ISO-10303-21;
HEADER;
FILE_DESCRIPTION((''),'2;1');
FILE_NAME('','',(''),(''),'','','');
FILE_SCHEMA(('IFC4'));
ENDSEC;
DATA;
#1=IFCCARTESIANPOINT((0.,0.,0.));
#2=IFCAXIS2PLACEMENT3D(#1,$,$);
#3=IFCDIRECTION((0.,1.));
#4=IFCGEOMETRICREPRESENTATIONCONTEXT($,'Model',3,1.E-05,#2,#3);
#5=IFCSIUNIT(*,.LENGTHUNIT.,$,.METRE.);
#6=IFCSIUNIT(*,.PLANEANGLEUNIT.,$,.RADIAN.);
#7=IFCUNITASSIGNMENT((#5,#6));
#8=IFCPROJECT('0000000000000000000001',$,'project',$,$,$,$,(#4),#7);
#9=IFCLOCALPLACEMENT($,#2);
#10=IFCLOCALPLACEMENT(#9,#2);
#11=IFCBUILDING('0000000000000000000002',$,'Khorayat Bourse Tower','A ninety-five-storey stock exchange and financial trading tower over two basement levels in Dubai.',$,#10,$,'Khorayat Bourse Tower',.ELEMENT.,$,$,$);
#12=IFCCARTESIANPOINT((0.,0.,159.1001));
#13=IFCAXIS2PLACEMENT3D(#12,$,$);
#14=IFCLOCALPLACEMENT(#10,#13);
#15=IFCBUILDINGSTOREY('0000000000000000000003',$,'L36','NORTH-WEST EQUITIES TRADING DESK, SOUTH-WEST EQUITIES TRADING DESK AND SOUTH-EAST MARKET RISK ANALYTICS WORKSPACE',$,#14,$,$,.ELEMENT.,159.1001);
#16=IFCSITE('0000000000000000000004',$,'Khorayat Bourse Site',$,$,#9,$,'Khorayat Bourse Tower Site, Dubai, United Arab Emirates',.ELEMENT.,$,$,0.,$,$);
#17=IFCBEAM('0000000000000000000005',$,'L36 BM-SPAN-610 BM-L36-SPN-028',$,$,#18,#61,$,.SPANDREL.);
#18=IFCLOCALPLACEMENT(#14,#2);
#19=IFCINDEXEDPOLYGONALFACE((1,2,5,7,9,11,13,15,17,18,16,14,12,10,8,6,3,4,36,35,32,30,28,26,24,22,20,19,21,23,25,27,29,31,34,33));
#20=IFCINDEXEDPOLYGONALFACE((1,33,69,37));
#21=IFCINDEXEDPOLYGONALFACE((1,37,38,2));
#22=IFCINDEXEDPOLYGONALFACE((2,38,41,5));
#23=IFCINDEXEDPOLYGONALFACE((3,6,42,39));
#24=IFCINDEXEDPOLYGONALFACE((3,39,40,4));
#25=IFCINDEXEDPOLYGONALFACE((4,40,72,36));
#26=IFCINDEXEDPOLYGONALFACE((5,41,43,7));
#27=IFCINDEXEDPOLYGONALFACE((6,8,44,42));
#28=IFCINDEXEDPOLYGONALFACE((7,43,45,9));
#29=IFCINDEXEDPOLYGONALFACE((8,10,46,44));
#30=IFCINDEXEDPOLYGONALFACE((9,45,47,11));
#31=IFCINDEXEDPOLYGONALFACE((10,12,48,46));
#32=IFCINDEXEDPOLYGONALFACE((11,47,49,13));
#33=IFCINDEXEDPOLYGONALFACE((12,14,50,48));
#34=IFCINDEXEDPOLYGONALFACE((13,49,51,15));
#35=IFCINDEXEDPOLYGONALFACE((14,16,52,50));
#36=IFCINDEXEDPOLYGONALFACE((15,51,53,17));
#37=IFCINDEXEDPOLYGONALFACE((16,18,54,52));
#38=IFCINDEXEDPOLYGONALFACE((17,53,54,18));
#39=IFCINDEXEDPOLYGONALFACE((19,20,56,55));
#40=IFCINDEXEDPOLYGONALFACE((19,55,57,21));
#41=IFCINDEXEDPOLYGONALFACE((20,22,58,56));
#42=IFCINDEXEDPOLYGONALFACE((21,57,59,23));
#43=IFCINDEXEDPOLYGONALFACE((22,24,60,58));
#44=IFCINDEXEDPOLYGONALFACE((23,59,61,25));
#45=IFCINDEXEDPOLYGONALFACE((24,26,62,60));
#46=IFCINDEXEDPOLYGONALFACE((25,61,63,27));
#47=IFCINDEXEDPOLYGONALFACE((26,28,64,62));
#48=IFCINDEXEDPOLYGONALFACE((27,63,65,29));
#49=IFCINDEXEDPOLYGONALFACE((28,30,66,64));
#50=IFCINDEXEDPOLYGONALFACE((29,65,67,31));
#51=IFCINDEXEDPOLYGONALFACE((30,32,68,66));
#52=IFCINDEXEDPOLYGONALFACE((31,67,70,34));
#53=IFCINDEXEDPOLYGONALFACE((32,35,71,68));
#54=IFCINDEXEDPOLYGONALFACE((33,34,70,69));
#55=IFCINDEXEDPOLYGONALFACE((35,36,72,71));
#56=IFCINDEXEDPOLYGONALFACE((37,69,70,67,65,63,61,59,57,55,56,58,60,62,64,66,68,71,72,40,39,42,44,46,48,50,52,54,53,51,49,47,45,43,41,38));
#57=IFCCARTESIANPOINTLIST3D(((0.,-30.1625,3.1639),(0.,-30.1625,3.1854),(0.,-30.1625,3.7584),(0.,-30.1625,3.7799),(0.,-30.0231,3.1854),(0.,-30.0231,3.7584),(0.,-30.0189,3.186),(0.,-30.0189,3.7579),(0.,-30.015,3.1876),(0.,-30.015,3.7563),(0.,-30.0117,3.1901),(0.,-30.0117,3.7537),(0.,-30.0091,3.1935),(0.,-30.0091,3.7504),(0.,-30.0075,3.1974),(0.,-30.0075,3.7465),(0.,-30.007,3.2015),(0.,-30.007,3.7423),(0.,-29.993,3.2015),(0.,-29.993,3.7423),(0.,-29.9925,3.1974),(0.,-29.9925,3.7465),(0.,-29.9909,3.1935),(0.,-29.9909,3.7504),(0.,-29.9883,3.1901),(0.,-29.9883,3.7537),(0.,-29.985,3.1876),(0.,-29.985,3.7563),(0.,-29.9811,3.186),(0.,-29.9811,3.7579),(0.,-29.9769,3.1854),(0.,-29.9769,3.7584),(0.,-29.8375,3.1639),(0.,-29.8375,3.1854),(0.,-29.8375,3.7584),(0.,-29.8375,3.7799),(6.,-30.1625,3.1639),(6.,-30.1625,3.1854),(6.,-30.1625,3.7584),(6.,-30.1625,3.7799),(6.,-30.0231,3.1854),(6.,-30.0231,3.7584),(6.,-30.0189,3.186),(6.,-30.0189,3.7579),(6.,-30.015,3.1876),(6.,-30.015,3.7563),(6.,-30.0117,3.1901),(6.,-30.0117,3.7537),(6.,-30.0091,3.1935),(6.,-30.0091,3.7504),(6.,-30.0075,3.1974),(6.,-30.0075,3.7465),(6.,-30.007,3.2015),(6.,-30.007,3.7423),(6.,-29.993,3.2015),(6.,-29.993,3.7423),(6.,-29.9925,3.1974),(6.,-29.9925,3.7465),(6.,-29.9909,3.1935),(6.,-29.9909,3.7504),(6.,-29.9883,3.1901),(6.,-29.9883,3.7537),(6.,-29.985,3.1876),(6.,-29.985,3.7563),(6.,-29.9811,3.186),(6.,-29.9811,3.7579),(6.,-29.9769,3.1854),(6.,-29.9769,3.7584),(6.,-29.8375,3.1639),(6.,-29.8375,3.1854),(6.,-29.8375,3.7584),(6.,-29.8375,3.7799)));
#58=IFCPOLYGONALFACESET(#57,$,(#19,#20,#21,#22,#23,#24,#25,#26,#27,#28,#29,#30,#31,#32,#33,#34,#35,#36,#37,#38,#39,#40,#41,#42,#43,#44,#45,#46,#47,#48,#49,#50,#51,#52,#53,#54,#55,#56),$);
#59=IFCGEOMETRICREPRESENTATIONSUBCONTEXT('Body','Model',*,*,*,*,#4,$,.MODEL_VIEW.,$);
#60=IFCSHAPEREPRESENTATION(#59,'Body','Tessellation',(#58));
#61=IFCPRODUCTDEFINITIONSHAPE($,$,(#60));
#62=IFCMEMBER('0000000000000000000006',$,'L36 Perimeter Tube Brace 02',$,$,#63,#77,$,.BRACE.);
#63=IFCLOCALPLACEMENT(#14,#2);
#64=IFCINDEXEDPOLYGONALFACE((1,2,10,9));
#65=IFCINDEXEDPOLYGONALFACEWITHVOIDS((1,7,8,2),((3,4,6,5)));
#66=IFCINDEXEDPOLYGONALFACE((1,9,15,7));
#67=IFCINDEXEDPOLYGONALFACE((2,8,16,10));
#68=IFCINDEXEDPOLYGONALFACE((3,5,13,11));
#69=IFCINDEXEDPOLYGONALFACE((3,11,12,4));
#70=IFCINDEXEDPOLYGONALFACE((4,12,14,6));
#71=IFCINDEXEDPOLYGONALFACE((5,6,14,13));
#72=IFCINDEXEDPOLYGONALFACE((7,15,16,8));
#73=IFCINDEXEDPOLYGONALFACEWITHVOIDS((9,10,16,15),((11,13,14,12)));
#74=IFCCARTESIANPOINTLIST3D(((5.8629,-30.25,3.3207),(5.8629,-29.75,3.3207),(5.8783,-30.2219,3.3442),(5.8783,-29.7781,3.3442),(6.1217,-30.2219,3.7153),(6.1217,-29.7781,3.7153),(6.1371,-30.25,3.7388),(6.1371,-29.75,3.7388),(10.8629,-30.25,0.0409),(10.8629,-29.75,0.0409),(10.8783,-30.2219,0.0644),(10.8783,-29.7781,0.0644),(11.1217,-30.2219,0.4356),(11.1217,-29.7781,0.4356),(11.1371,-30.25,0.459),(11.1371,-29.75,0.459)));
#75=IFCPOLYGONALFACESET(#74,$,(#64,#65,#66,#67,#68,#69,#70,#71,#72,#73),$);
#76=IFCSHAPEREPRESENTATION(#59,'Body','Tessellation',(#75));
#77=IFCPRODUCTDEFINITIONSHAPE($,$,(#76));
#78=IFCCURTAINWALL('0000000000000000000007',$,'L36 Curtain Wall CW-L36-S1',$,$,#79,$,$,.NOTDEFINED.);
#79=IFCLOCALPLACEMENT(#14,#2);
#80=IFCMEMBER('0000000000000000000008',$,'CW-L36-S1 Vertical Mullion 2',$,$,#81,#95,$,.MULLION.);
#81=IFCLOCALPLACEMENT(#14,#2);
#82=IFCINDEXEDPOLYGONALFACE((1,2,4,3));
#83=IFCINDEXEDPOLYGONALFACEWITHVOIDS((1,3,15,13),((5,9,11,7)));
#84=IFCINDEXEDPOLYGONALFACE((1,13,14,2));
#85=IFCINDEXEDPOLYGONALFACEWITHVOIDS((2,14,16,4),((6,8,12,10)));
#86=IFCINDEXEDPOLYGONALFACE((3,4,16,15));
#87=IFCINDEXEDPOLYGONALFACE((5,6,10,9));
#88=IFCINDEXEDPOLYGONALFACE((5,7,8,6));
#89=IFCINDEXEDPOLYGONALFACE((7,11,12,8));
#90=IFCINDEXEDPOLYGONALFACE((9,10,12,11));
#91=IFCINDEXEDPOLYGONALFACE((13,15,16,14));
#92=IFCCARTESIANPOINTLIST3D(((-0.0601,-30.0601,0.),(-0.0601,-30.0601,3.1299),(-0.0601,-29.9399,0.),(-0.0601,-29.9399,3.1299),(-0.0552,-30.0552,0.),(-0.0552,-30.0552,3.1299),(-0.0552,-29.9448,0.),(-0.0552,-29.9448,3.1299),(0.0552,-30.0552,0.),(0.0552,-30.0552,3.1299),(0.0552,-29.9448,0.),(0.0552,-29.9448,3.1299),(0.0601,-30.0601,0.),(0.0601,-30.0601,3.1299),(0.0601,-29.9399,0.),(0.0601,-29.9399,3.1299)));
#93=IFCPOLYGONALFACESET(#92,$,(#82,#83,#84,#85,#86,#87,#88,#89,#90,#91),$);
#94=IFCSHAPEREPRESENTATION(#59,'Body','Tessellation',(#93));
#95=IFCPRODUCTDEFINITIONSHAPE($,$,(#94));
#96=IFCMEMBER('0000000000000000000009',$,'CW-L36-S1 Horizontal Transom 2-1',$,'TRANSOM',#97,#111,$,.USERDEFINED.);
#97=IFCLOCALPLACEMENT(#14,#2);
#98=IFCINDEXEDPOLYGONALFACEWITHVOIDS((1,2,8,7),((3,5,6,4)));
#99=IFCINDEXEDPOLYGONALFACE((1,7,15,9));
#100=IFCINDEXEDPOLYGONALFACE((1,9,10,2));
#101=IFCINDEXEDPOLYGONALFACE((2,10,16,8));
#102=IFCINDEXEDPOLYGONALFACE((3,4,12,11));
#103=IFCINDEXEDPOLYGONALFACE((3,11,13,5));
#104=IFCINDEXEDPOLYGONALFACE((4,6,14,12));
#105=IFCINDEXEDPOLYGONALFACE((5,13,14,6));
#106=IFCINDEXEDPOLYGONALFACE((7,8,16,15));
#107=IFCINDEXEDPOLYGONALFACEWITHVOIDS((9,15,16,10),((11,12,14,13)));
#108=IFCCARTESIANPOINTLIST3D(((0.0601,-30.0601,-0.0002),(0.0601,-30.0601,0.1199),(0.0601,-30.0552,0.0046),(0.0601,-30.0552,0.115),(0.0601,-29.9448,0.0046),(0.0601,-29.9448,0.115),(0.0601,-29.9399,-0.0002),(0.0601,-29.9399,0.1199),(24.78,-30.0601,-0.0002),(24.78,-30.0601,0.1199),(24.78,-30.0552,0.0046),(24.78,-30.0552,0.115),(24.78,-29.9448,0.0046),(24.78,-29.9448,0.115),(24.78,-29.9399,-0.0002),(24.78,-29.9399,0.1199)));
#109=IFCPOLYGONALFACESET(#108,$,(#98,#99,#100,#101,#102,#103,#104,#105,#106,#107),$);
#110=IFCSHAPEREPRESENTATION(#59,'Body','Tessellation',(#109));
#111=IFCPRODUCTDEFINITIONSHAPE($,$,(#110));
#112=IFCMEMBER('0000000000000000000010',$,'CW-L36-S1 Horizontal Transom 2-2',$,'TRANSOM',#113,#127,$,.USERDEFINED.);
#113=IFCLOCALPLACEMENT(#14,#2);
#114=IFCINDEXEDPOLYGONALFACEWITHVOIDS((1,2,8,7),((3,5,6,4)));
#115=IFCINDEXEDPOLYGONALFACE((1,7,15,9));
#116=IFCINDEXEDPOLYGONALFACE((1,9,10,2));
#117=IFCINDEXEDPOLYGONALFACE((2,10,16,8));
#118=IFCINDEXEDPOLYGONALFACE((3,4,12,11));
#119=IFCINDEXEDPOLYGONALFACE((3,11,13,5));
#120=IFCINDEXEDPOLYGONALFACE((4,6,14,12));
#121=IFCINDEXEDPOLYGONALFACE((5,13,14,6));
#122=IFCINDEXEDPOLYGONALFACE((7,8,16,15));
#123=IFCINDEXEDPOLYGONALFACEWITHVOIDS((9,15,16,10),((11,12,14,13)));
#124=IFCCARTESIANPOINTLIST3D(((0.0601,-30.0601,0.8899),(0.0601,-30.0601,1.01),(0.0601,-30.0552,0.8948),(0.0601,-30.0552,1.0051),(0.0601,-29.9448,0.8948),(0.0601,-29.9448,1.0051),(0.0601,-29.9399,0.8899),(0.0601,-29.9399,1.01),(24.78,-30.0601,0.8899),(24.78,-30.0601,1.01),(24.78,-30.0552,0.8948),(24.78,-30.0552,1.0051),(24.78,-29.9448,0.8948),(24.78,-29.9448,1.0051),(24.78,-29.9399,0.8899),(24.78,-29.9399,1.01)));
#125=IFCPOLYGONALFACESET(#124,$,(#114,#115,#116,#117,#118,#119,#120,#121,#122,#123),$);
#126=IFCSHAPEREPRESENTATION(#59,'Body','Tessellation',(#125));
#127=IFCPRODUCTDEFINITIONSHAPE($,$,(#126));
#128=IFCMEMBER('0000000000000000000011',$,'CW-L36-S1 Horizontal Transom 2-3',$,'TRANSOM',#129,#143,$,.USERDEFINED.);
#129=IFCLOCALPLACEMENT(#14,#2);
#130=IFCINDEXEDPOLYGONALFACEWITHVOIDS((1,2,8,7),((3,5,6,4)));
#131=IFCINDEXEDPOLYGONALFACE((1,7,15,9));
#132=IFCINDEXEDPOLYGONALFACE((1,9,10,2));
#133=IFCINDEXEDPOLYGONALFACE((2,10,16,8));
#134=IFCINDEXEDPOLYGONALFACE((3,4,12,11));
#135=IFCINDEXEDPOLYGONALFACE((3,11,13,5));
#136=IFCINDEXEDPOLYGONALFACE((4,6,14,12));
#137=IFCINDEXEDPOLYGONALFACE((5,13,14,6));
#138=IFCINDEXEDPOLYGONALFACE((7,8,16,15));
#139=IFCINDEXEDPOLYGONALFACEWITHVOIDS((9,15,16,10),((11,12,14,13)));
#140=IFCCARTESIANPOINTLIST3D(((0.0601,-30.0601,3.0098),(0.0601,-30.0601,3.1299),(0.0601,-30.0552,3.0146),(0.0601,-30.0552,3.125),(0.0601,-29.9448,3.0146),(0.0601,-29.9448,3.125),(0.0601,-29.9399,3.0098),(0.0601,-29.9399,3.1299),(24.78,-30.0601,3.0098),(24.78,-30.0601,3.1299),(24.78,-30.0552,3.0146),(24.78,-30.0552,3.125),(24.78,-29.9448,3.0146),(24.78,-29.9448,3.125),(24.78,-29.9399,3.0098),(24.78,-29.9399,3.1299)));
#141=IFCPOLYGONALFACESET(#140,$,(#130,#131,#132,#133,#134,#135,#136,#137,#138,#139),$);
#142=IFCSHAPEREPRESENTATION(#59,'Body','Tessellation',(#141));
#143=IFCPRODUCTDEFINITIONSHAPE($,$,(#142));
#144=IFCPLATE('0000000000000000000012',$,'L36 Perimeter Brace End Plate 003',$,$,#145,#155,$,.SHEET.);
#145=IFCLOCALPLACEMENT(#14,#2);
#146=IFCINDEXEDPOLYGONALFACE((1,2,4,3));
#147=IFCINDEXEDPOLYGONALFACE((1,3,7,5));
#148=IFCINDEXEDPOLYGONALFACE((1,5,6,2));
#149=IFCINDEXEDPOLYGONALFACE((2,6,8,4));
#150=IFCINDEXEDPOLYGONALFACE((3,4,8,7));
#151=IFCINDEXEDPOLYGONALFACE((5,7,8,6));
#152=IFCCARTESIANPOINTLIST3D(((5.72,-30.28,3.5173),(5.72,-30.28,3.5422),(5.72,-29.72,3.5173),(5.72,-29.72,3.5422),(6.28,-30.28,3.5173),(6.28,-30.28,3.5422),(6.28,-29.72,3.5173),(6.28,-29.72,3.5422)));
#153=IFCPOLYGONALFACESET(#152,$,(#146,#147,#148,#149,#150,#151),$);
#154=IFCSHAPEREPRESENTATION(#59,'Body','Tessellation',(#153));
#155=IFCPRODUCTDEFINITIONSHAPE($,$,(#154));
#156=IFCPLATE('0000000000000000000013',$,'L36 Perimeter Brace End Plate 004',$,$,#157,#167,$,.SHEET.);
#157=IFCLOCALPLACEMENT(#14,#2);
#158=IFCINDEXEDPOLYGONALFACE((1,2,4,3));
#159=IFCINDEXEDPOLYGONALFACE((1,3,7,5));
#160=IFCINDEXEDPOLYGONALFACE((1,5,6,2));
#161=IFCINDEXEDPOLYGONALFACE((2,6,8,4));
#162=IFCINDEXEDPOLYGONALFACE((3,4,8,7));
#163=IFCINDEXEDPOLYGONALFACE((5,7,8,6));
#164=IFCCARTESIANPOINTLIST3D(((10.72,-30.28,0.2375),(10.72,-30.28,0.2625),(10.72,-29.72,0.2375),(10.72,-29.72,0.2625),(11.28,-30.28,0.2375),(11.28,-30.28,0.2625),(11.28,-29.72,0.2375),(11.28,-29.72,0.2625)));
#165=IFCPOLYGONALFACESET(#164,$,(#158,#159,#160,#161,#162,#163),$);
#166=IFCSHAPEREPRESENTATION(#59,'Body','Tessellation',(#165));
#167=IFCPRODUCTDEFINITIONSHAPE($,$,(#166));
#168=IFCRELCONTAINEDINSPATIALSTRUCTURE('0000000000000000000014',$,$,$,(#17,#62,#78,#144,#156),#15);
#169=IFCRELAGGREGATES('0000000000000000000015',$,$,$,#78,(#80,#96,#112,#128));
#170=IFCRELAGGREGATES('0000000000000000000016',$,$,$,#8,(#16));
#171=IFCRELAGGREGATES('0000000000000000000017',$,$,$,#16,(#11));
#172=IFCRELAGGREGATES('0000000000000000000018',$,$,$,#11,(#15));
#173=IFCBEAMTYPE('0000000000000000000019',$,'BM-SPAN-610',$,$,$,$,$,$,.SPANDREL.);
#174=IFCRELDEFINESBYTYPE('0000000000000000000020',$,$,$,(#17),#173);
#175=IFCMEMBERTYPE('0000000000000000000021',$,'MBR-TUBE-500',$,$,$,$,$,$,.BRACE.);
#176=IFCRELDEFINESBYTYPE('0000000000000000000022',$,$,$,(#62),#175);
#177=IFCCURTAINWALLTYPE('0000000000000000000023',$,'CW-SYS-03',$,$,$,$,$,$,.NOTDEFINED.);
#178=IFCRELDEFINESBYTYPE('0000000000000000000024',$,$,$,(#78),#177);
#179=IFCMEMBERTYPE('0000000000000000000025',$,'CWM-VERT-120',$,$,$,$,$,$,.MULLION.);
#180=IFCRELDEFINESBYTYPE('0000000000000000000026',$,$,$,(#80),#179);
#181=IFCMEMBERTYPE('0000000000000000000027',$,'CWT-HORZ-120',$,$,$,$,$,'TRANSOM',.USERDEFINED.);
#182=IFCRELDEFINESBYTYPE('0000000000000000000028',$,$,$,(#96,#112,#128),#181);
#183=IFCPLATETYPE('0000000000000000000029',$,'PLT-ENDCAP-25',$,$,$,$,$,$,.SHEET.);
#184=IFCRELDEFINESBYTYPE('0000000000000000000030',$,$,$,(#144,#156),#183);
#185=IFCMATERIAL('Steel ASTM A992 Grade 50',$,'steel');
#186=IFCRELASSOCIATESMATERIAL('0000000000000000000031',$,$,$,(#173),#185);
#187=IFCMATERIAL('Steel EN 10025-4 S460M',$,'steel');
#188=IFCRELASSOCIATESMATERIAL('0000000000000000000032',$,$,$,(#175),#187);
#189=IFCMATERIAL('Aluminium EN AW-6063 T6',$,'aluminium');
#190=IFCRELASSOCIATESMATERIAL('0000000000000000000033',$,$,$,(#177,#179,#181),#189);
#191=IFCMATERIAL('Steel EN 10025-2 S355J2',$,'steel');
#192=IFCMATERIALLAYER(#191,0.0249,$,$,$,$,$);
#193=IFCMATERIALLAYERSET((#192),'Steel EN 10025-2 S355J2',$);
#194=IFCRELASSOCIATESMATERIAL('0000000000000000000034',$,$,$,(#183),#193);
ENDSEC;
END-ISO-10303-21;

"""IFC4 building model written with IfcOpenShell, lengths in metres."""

from ifc_helpers import new_model, si_unit, direction, frame, origin, origin_2d, place, context, subcontext, project, spatial, rectangle, hollow_rectangle, i_section, extrude, source, transform, mapped, material, layer, layer_set, material_profile, profile_set, type_object, element, aggregate, save


model = new_model("IFC4")

# Units and contexts
model_context = context("Model", 3, precision=1e-05, world=origin(), true_north=direction((0.0, 1.0)))
body_context = subcontext(model_context, "Body", "Model", "MODEL_VIEW")
ifc_project = project(units=[si_unit("LENGTHUNIT", "METRE"), si_unit("PLANEANGLEUNIT", "RADIAN")], contexts=[model_context])

# Site, building, storey
site_placement = place(None, origin())
site = spatial("IfcSite", under=ifc_project, at=site_placement, Name="Khorayat Bourse Site", LongName="Khorayat Bourse Tower Site, Dubai, United Arab Emirates", CompositionType="ELEMENT", RefElevation=0.0)
building_placement = place(site_placement, origin())
building = spatial("IfcBuilding", under=site, at=building_placement, Name="Khorayat Bourse Tower", Description="A ninety-five-storey stock exchange and financial trading tower over two basement levels in Dubai.", LongName="Khorayat Bourse Tower", CompositionType="ELEMENT")
storey_placement = place(building_placement, frame((0.0, 0.0, 159.1001)))
storey = spatial("IfcBuildingStorey", under=building, at=storey_placement, Name="L36", Description="NORTH-WEST EQUITIES TRADING DESK, SOUTH-WEST EQUITIES TRADING DESK AND SOUTH-EAST MARKET RISK ANALYTICS WORKSPACE", CompositionType="ELEMENT", Elevation=159.1001)

# Shared definitions
ifc_material_1 = material(Name="Steel EN 10025-4 S460M", Category="steel")

# Beam
ifc_material_2 = material(Name="Steel ASTM A992 Grade 50", Category="steel")
ifc_material_profile_1 = material_profile(ifc_material_2, i_section(OverallWidth=0.325, OverallDepth=0.616, WebThickness=0.0139, FlangeThickness=0.0215, FilletRadius=0.0161, at=origin_2d()), Name="W610X174")
ifc_profile_set_1 = profile_set([ifc_material_profile_1], Name="Steel ASTM A992 Grade 50")
beam_type_1 = type_object("IfcBeamType", Name="BM-SPAN-610", PredefinedType="SPANDREL", material=ifc_profile_set_1)
shared_shape_1 = source(origin(), body_context, "Body", "SweptSolid", [
    extrude(i_section(OverallWidth=0.325, OverallDepth=0.616, WebThickness=0.0139, FlangeThickness=0.0215, FilletRadius=0.0161, at=origin_2d()), origin(), (0.0, 0.0, 1.0), 6.0),
])
beam_1_placement = place(storey_placement, frame((0.0, -30.0, 3.4719), z_axis=(1.0, 0.0, 0.0), x_axis=(0.0, 1.0, 0.0)))
element("IfcBeam", 1, at=beam_1_placement, inside=storey, type_object=beam_type_1, Name="L36 BM-SPAN-610 BM-L36-SPN-028", PredefinedType="SPANDREL", context=body_context, shape_type="MappedRepresentation", body=[
    mapped(shared_shape_1, transform((0.0, 0.0, 0.0), scale=1.0)),
])

# Member
ifc_material_profile_2 = material_profile(ifc_material_1, hollow_rectangle(XDim=0.5, YDim=0.5, WallThickness=0.0281, at=origin_2d()), Name="HSS 500x500x28")
ifc_profile_set_2 = profile_set([ifc_material_profile_2], Name="Steel EN 10025-4 S460M")
member_type_1 = type_object("IfcMemberType", Name="MBR-TUBE-500", PredefinedType="BRACE", material=ifc_profile_set_2)
shared_shape_2 = source(origin(), body_context, "Body", "SweptSolid", [
    extrude(hollow_rectangle(XDim=0.5, YDim=0.5, WallThickness=0.0281, at=origin_2d()), origin(), (0.0, 0.0, 1.0), 5.9797),
])
member_1_placement = place(storey_placement, frame((6.0, -30.0, 3.5298), z_axis=(0.83616, 0.0, -0.548485), x_axis=(0.0, 1.0, 0.0)))
element("IfcMember", 2, at=member_1_placement, inside=storey, type_object=member_type_1, Name="L36 Perimeter Tube Brace 02", PredefinedType="BRACE", context=body_context, shape_type="MappedRepresentation", body=[
    mapped(shared_shape_2, transform((0.0, 0.0, 0.0), scale=1.0)),
])

# Curtain wall, members
ifc_material_3 = material(Name="Aluminium EN AW-6063 T6", Category="aluminium")
curtain_wall_type = type_object("IfcCurtainWallType", Name="CW-SYS-03", PredefinedType="NOTDEFINED", material=ifc_material_3)
curtain_wall_placement = place(storey_placement, origin())
curtain_wall = element("IfcCurtainWall", 3, at=curtain_wall_placement, inside=storey, type_object=curtain_wall_type, Name="L36 Curtain Wall CW-L36-S1", PredefinedType="NOTDEFINED")
ifc_material_profile_3 = material_profile(ifc_material_3, hollow_rectangle(XDim=0.1201, YDim=0.1201, WallThickness=0.0049, at=origin_2d()), Name="ALU 120x120x5")
ifc_profile_set_3 = profile_set([ifc_material_profile_3], Name="Aluminium EN AW-6063 T6")
member_type_2 = type_object("IfcMemberType", Name="CWM-VERT-120", PredefinedType="MULLION", material=ifc_profile_set_3)
shared_shape_3 = source(origin(), body_context, "Body", "SweptSolid", [
    extrude(hollow_rectangle(XDim=0.1201, YDim=0.1201, WallThickness=0.0049, at=origin_2d()), origin(), (0.0, 0.0, 1.0), 3.1299),
])
member_2_placement = place(storey_placement, frame((0.0, -30.0, 0.0), z_axis=(0.0, 0.0, 1.0), x_axis=(0.0, 1.0, 0.0)))
member_2 = element("IfcMember", 4, at=member_2_placement, type_object=member_type_2, Name="CW-L36-S1 Vertical Mullion 2", PredefinedType="MULLION", context=body_context, shape_type="MappedRepresentation", body=[
    mapped(shared_shape_3, transform((0.0, 0.0, 0.0), scale=1.0)),
])
ifc_material_profile_4 = material_profile(ifc_material_3, hollow_rectangle(XDim=0.1201, YDim=0.1201, WallThickness=0.0049, at=origin_2d()), Name="ALU 120x120x5")
ifc_profile_set_4 = profile_set([ifc_material_profile_4], Name="Aluminium EN AW-6063 T6")
member_type_3 = type_object("IfcMemberType", Name="CWT-HORZ-120", ElementType="TRANSOM", PredefinedType="USERDEFINED", material=ifc_profile_set_4)
shared_shape_4 = source(origin(), body_context, "Body", "SweptSolid", [
    extrude(hollow_rectangle(XDim=0.1201, YDim=0.1201, WallThickness=0.0049, at=origin_2d()), origin(), (0.0, 0.0, 1.0), 24.72),
])
member_3_placement = place(storey_placement, frame((0.0601, -30.0, 0.0598), z_axis=(1.0, 0.0, 0.0), x_axis=(0.0, 1.0, 0.0)))
member_3 = element("IfcMember", 5, at=member_3_placement, type_object=member_type_3, Name="CW-L36-S1 Horizontal Transom 2-1", ObjectType="TRANSOM", PredefinedType="USERDEFINED", context=body_context, shape_type="MappedRepresentation", body=[
    mapped(shared_shape_4, transform((0.0, 0.0, 0.0), scale=1.0)),
])
member_4_placement = place(storey_placement, frame((0.0601, -30.0, 0.95), z_axis=(1.0, 0.0, 0.0), x_axis=(0.0, 1.0, 0.0)))
member_4 = element("IfcMember", 6, at=member_4_placement, type_object=member_type_3, Name="CW-L36-S1 Horizontal Transom 2-2", ObjectType="TRANSOM", PredefinedType="USERDEFINED", context=body_context, shape_type="MappedRepresentation", body=[
    mapped(shared_shape_4, transform((0.0, 0.0, 0.0), scale=1.0)),
])
member_5_placement = place(storey_placement, frame((0.0601, -30.0, 3.0698), z_axis=(1.0, 0.0, 0.0), x_axis=(0.0, 1.0, 0.0)))
member_5 = element("IfcMember", 7, at=member_5_placement, type_object=member_type_3, Name="CW-L36-S1 Horizontal Transom 2-3", ObjectType="TRANSOM", PredefinedType="USERDEFINED", context=body_context, shape_type="MappedRepresentation", body=[
    mapped(shared_shape_4, transform((0.0, 0.0, 0.0), scale=1.0)),
])
aggregate(curtain_wall, [member_2, member_3, member_4, member_5])

# Plates
ifc_material_4 = material(Name="Steel EN 10025-2 S355J2", Category="steel")
ifc_layer_1 = layer(ifc_material_4, 0.0249)
ifc_layer_set_1 = layer_set([ifc_layer_1], Name="Steel EN 10025-2 S355J2")
plate_type = type_object("IfcPlateType", Name="PLT-ENDCAP-25", PredefinedType="SHEET", material=ifc_layer_set_1)
shared_shape_5 = source(origin(), body_context, "Body", "SweptSolid", [
    extrude(rectangle(XDim=0.5601, YDim=0.5601, at=origin_2d()), origin(), (0.0, 0.0, 1.0), 0.0249),
])
for number, where, z_axis, x_axis, name in (
    (8, (6.0, -30.0, 3.5173), (0.0, 0.0, 1.0), (1.0, 0.0, 0.0), "L36 Perimeter Brace End Plate 003"),
    (9, (11.0, -30.0, 0.2375), (0.0, 0.0, 1.0), (1.0, 0.0, 0.0), "L36 Perimeter Brace End Plate 004"),
):
    element("IfcPlate", number, at=place(storey_placement, frame(where, z_axis=z_axis, x_axis=x_axis)), inside=storey, type_object=plate_type, Name=name, PredefinedType="SHEET", context=body_context, shape_type="MappedRepresentation", body=[
        mapped(shared_shape_5, transform((0.0, 0.0, 0.0), scale=1.0)),
    ])

save(model, "model.ifc")
